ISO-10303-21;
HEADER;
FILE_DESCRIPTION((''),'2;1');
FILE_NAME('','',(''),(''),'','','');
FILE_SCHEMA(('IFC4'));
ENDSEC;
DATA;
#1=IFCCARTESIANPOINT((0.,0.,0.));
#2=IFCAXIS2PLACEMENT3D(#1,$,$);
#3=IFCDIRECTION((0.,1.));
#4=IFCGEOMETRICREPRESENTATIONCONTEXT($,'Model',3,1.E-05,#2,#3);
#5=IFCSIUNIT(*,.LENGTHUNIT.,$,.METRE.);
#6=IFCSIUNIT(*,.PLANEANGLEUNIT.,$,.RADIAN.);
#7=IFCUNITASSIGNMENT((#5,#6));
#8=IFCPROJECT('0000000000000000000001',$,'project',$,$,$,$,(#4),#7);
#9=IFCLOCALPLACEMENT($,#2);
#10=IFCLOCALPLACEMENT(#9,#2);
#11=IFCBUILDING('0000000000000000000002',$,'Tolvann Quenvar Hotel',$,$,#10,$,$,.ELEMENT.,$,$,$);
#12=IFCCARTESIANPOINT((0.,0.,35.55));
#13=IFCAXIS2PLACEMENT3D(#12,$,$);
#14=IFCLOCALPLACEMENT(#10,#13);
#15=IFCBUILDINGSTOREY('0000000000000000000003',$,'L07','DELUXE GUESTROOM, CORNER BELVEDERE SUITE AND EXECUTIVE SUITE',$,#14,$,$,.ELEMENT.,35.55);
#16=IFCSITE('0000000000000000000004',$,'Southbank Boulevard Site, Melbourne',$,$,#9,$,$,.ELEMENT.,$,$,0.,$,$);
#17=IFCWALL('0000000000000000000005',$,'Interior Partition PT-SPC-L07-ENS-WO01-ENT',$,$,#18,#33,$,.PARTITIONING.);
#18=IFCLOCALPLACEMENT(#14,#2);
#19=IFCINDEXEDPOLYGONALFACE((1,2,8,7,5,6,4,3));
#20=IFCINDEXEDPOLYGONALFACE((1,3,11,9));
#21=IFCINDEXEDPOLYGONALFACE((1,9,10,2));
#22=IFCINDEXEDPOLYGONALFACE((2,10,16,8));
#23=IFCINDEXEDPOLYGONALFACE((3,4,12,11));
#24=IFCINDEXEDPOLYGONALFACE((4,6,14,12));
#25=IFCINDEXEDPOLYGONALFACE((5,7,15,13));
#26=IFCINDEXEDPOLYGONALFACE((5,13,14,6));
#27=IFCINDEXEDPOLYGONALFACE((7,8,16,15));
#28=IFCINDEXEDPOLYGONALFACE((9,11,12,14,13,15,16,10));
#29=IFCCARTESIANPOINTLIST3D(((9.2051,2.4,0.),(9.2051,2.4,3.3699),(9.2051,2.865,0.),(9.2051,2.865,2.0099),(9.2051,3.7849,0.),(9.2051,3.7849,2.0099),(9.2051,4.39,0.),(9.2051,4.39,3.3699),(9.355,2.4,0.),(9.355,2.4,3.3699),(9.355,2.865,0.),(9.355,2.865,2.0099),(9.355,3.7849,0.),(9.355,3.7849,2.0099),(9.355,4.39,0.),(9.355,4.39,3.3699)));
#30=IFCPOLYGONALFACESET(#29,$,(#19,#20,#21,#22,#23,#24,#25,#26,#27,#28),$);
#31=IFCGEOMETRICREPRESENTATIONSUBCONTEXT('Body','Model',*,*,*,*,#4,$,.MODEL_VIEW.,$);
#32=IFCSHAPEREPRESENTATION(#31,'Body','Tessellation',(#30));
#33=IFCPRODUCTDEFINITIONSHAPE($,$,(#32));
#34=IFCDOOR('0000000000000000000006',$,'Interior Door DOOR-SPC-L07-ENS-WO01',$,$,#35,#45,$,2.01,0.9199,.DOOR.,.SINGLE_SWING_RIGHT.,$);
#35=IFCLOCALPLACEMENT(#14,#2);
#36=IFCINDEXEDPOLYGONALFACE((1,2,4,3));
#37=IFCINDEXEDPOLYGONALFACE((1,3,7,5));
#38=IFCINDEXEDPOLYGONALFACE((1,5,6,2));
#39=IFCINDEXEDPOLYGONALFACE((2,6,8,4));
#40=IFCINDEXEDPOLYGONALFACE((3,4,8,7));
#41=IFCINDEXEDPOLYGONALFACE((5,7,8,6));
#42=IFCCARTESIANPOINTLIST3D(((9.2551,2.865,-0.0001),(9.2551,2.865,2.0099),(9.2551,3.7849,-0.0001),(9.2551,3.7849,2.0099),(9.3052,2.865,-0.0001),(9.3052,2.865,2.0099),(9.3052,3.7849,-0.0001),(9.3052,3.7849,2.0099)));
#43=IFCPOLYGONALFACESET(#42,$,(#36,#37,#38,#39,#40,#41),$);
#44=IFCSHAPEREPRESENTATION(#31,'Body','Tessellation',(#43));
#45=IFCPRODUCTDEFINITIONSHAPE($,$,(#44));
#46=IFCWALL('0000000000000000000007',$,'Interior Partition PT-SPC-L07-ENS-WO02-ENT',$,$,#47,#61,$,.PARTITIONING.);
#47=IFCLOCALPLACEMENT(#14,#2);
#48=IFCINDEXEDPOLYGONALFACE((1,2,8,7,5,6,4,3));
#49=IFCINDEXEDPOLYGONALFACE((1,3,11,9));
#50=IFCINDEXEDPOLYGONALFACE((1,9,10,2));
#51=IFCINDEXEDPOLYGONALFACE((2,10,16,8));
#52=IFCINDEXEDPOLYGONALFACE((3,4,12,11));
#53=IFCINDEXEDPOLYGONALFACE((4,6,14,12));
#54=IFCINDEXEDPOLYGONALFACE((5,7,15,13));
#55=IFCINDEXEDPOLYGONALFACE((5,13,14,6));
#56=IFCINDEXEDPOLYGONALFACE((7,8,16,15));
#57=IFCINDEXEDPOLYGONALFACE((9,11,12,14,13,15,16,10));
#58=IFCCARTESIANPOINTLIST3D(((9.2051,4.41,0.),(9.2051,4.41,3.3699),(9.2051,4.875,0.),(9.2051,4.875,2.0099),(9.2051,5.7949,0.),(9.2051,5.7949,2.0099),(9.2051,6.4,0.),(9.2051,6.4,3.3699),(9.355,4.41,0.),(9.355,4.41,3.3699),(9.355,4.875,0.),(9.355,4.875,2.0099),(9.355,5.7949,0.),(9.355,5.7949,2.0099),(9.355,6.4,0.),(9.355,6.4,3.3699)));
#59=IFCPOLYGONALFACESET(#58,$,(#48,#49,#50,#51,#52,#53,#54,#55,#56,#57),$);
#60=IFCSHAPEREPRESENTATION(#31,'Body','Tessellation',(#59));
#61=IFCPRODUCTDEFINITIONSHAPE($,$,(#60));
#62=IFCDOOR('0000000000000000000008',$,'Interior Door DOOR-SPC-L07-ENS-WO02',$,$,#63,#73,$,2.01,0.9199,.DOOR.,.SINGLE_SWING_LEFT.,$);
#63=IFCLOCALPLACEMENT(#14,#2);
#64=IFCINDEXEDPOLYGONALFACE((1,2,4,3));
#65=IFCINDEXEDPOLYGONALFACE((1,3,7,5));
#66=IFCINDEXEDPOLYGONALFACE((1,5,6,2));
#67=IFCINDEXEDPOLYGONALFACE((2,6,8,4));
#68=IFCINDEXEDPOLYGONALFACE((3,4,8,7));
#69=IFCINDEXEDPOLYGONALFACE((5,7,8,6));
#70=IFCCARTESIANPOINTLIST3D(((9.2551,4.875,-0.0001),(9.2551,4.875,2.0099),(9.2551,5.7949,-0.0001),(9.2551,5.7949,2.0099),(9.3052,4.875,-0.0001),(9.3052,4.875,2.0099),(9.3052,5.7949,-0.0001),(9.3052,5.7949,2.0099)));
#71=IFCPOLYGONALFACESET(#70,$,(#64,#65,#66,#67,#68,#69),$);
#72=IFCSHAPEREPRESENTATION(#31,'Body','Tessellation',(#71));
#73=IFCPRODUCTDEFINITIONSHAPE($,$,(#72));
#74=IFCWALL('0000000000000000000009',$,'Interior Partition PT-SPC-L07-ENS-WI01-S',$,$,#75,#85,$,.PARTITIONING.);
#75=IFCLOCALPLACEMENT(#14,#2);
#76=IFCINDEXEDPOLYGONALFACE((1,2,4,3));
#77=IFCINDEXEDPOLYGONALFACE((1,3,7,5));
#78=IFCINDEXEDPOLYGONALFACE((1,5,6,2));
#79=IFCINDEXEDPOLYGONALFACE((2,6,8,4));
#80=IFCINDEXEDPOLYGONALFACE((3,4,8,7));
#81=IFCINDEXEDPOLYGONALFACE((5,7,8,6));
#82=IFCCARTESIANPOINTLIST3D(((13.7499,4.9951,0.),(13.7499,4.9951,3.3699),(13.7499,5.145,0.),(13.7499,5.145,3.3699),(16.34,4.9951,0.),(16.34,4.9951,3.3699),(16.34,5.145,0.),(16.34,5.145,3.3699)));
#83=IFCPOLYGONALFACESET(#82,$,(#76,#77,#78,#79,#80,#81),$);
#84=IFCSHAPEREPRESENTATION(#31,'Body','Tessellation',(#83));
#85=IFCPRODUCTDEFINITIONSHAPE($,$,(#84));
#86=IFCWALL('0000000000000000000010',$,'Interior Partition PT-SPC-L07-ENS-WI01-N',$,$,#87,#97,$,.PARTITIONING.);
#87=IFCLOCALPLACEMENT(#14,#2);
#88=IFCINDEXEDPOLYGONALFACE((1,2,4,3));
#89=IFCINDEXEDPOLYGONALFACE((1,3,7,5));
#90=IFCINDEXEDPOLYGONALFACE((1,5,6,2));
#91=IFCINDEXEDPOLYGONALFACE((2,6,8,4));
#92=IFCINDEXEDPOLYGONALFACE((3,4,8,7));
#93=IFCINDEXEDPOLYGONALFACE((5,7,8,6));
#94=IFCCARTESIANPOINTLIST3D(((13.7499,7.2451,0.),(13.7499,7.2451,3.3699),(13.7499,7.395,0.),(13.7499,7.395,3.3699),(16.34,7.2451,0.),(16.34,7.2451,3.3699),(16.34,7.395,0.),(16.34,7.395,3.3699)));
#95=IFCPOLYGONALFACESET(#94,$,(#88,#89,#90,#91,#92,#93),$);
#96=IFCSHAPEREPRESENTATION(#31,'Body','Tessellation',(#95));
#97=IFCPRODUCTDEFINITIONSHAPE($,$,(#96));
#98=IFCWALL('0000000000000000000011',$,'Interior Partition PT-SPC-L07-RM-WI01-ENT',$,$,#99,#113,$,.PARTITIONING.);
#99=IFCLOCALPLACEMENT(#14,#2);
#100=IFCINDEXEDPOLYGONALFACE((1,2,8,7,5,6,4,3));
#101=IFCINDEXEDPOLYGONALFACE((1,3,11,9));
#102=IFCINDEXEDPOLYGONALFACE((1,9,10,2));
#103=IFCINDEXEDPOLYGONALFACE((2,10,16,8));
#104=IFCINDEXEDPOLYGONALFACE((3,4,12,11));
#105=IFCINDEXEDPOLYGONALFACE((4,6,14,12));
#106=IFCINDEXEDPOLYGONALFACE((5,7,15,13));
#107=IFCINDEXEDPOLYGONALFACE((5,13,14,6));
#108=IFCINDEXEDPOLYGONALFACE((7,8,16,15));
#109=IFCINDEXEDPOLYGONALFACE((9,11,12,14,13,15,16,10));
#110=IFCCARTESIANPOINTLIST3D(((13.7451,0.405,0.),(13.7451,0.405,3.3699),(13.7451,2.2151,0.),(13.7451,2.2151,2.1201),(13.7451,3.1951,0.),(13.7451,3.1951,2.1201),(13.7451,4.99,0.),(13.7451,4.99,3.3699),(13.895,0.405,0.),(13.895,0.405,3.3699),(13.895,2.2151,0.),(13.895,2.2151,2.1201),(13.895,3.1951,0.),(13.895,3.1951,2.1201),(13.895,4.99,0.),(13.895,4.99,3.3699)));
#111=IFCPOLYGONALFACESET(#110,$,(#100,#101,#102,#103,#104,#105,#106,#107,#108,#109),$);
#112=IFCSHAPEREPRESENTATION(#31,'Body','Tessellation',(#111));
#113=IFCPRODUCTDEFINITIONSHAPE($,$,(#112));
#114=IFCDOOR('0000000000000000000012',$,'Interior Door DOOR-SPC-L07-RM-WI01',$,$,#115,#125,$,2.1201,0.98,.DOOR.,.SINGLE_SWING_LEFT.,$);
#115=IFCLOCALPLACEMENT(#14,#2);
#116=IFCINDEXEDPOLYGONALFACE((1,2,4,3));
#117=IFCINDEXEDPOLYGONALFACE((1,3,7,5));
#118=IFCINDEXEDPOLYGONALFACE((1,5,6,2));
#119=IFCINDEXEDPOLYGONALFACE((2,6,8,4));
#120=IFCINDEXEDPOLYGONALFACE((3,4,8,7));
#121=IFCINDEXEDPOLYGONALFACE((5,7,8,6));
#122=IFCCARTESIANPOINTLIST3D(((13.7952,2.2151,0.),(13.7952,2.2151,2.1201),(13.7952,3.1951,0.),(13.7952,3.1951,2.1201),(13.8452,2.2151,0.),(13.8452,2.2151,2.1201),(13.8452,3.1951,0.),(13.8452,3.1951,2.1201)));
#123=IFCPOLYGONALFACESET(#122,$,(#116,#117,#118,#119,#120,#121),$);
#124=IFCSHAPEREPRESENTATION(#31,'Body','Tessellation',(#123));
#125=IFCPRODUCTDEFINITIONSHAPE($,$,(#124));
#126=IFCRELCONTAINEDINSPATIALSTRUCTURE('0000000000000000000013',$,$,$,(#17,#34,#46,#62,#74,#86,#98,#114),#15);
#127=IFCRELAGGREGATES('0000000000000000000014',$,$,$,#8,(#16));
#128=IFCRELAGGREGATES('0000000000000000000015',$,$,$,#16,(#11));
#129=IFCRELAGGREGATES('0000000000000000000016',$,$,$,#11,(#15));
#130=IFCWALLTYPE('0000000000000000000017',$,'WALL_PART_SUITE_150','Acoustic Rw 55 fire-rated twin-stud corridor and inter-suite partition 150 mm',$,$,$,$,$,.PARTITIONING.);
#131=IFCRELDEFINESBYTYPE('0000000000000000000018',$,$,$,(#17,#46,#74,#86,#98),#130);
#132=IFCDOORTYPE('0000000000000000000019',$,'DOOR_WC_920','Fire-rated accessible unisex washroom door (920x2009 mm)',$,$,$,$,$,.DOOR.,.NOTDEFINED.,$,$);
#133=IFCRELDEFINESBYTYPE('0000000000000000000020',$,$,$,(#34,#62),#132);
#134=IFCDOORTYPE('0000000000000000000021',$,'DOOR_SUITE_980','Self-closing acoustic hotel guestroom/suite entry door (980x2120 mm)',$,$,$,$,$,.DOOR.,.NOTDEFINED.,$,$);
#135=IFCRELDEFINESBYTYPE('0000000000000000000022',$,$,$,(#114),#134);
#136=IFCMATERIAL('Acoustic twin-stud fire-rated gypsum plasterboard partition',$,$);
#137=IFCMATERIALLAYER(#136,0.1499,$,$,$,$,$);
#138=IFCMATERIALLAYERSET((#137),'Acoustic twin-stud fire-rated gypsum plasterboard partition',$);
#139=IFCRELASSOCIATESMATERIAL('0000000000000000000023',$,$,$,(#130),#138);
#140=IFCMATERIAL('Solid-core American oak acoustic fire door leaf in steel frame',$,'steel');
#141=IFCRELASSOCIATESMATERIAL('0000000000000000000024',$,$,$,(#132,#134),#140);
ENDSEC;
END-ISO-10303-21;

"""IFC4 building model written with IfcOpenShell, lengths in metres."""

from ifc_helpers import new_model, si_unit, direction, frame, frame_2d, origin, place, context, subcontext, project, spatial, rectangle, extrude, source, transform, mapped, material, layer, layer_set, type_object, type_shapes, element, fill, save


model = new_model("IFC4")

# Units and contexts
model_context = context("Model", 3, precision=1e-05, world=origin(), true_north=direction((0.0, 1.0)))
body_context = subcontext(model_context, "Body", "Model", "MODEL_VIEW")
ifc_project = project(units=[si_unit("LENGTHUNIT", "METRE"), si_unit("PLANEANGLEUNIT", "RADIAN")], contexts=[model_context])

# Site, building, storey
site_placement = place(None, origin())
site = spatial("IfcSite", under=ifc_project, at=site_placement, Name="Southbank Boulevard Site, Melbourne", CompositionType="ELEMENT", RefElevation=0.0)
building_placement = place(site_placement, origin())
building = spatial("IfcBuilding", under=site, at=building_placement, Name="Tolvann Quenvar Hotel", CompositionType="ELEMENT")
storey_placement = place(building_placement, frame((0.0, 0.0, 35.55)))
storey = spatial("IfcBuildingStorey", under=building, at=storey_placement, Name="L07", Description="DELUXE GUESTROOM, CORNER BELVEDERE SUITE AND EXECUTIVE SUITE", CompositionType="ELEMENT", Elevation=35.55)

# Walls, openings, doors
ifc_material_1 = material(Name="Acoustic twin-stud fire-rated gypsum plasterboard partition")
ifc_layer_1 = layer(ifc_material_1, 0.1499)
ifc_layer_set_1 = layer_set([ifc_layer_1], Name="Acoustic twin-stud fire-rated gypsum plasterboard partition")
wall_type_1 = type_object("IfcWallType", Name="WALL_PART_SUITE_150", Description="Acoustic Rw 55 fire-rated twin-stud corridor and inter-suite partition 150 mm", PredefinedType="PARTITIONING", material=ifc_layer_set_1)
wall_1_placement = place(storey_placement, frame((9.28, 2.3999, 0.0), z_axis=(0.0, 0.0, 1.0), x_axis=(0.0, 1.0, 0.0)))
wall_1 = element("IfcWall", 1, at=wall_1_placement, inside=storey, type_object=wall_type_1, Name="Interior Partition PT-SPC-L07-ENS-WO01-ENT", PredefinedType="PARTITIONING", context=body_context, shape_type="SweptSolid", body=[
    extrude(rectangle(XDim=1.99, YDim=0.1499, at=frame_2d((0.9951, 0.0))), origin(), (0.0, 0.0, 1.0), 3.3699),
])
opening_1_placement = place(wall_1_placement, frame((0.4651, 0.0, 0.0)))
opening_1 = element("IfcOpeningElement", 2, at=opening_1_placement, cuts=wall_1, PredefinedType="OPENING", context=body_context, shape_type="SweptSolid", body=[
    extrude(rectangle(XDim=0.9199, YDim=2.01, at=frame_2d((0.46, 1.0049))), frame((0.0, 0.085, 0.0), z_axis=(0.0, -1.0, 0.0), x_axis=(1.0, 0.0, 0.0)), (0.0, 0.0, 1.0), 0.1699),
])
ifc_material_2 = material(Name="Solid-core American oak acoustic fire door leaf in steel frame", Category="steel")
door_type_1 = type_object("IfcDoorType", Name="DOOR_WC_920", Description="Fire-rated accessible unisex washroom door (920x2009 mm)", OperationType="NOTDEFINED", PredefinedType="DOOR", material=ifc_material_2)
shared_shape_1 = source(origin(), body_context, "Body", "SweptSolid", [
    extrude(rectangle(XDim=0.9199, YDim=2.01, at=frame_2d((0.46, 1.0049))), frame((0.0, 0.0249, 0.0), z_axis=(0.0, -1.0, 0.0), x_axis=(1.0, 0.0, 0.0)), (0.0, 0.0, 1.0), 0.05),
])
type_shapes(door_type_1, [shared_shape_1])
door_1_placement = place(opening_1_placement, origin())
door_1 = element("IfcDoor", 3, at=door_1_placement, inside=storey, type_object=door_type_1, Name="Interior Door DOOR-SPC-L07-ENS-WO01", OperationType="SINGLE_SWING_RIGHT", OverallHeight=2.01, OverallWidth=0.9199, PredefinedType="DOOR", context=body_context, shape_type="MappedRepresentation", body=[
    mapped(shared_shape_1, transform((0.0, 0.0, 0.0), x_axis=(1.0, 0.0, 0.0), y_axis=(0.0, 1.0, 0.0), z_axis=(0.0, 0.0, 1.0), scale=1.0)),
])
fill(opening_1, door_1)
wall_2_placement = place(storey_placement, frame((9.28, 4.4099, 0.0), z_axis=(0.0, 0.0, 1.0), x_axis=(0.0, 1.0, 0.0)))
wall_2 = element("IfcWall", 4, at=wall_2_placement, inside=storey, type_object=wall_type_1, Name="Interior Partition PT-SPC-L07-ENS-WO02-ENT", PredefinedType="PARTITIONING", context=body_context, shape_type="SweptSolid", body=[
    extrude(rectangle(XDim=1.99, YDim=0.1499, at=frame_2d((0.9951, 0.0))), origin(), (0.0, 0.0, 1.0), 3.3699),
])
opening_2_placement = place(wall_2_placement, frame((0.4651, 0.0, 0.0)))
opening_2 = element("IfcOpeningElement", 5, at=opening_2_placement, cuts=wall_2, PredefinedType="OPENING", context=body_context, shape_type="SweptSolid", body=[
    extrude(rectangle(XDim=0.9199, YDim=2.01, at=frame_2d((0.46, 1.0049))), frame((0.0, 0.085, 0.0), z_axis=(0.0, -1.0, 0.0), x_axis=(1.0, 0.0, 0.0)), (0.0, 0.0, 1.0), 0.1699),
])
door_2_placement = place(opening_2_placement, origin())
door_2 = element("IfcDoor", 6, at=door_2_placement, inside=storey, type_object=door_type_1, Name="Interior Door DOOR-SPC-L07-ENS-WO02", OperationType="SINGLE_SWING_LEFT", OverallHeight=2.01, OverallWidth=0.9199, PredefinedType="DOOR", context=body_context, shape_type="MappedRepresentation", body=[
    mapped(shared_shape_1, transform((0.0, 0.0, 0.0), x_axis=(1.0, 0.0, 0.0), y_axis=(0.0, 1.0, 0.0), z_axis=(0.0, 0.0, 1.0), scale=1.0)),
])
fill(opening_2, door_2)

# Walls
for number, where, z_axis, x_axis, name in (
    (7, (13.75, 5.0701, 0.0), (0.0, 0.0, 1.0), (1.0, 0.0, 0.0), "Interior Partition PT-SPC-L07-ENS-WI01-S"),
    (8, (13.75, 7.3201, 0.0), (0.0, 0.0, 1.0), (1.0, 0.0, 0.0), "Interior Partition PT-SPC-L07-ENS-WI01-N"),
):
    element("IfcWall", number, at=place(storey_placement, frame(where, z_axis=z_axis, x_axis=x_axis)), inside=storey, type_object=wall_type_1, Name=name, PredefinedType="PARTITIONING", context=body_context, shape_type="SweptSolid", body=[
        extrude(rectangle(XDim=2.5901, YDim=0.1499, at=frame_2d((1.2949, 0.0))), origin(), (0.0, 0.0, 1.0), 3.3699),
    ])

# Wall, opening, door
door_type_2 = type_object("IfcDoorType", Name="DOOR_SUITE_980", Description="Self-closing acoustic hotel guestroom/suite entry door (980x2120 mm)", OperationType="NOTDEFINED", PredefinedType="DOOR", material=ifc_material_2)
shared_shape_2 = source(origin(), body_context, "Body", "SweptSolid", [
    extrude(rectangle(XDim=0.98, YDim=2.1201, at=frame_2d((0.49, 1.0601))), frame((0.0, 0.0249, 0.0), z_axis=(0.0, -1.0, 0.0), x_axis=(1.0, 0.0, 0.0)), (0.0, 0.0, 1.0), 0.05),
])
type_shapes(door_type_2, [shared_shape_2])
wall_3_placement = place(storey_placement, frame((13.8201, 0.405, 0.0), z_axis=(0.0, 0.0, 1.0), x_axis=(0.0, 1.0, 0.0)))
wall_3 = element("IfcWall", 9, at=wall_3_placement, inside=storey, type_object=wall_type_1, Name="Interior Partition PT-SPC-L07-RM-WI01-ENT", PredefinedType="PARTITIONING", context=body_context, shape_type="SweptSolid", body=[
    extrude(rectangle(XDim=4.585, YDim=0.1499, at=frame_2d((2.2925, 0.0))), origin(), (0.0, 0.0, 1.0), 3.3699),
])
opening_3_placement = place(wall_3_placement, frame((1.8101, 0.0, 0.0)))
opening_3 = element("IfcOpeningElement", 10, at=opening_3_placement, cuts=wall_3, PredefinedType="OPENING", context=body_context, shape_type="SweptSolid", body=[
    extrude(rectangle(XDim=0.98, YDim=2.1201, at=frame_2d((0.49, 1.0601))), frame((0.0, 0.085, 0.0), z_axis=(0.0, -1.0, 0.0), x_axis=(1.0, 0.0, 0.0)), (0.0, 0.0, 1.0), 0.1699),
])
door_3_placement = place(opening_3_placement, origin())
door_3 = element("IfcDoor", 11, at=door_3_placement, inside=storey, type_object=door_type_2, Name="Interior Door DOOR-SPC-L07-RM-WI01", OperationType="SINGLE_SWING_LEFT", OverallHeight=2.1201, OverallWidth=0.98, PredefinedType="DOOR", context=body_context, shape_type="MappedRepresentation", body=[
    mapped(shared_shape_2, transform((0.0, 0.0, 0.0), x_axis=(1.0, 0.0, 0.0), y_axis=(0.0, 1.0, 0.0), z_axis=(0.0, 0.0, 1.0), scale=1.0)),
])
fill(opening_3, door_3)

save(model, "model.ifc")
